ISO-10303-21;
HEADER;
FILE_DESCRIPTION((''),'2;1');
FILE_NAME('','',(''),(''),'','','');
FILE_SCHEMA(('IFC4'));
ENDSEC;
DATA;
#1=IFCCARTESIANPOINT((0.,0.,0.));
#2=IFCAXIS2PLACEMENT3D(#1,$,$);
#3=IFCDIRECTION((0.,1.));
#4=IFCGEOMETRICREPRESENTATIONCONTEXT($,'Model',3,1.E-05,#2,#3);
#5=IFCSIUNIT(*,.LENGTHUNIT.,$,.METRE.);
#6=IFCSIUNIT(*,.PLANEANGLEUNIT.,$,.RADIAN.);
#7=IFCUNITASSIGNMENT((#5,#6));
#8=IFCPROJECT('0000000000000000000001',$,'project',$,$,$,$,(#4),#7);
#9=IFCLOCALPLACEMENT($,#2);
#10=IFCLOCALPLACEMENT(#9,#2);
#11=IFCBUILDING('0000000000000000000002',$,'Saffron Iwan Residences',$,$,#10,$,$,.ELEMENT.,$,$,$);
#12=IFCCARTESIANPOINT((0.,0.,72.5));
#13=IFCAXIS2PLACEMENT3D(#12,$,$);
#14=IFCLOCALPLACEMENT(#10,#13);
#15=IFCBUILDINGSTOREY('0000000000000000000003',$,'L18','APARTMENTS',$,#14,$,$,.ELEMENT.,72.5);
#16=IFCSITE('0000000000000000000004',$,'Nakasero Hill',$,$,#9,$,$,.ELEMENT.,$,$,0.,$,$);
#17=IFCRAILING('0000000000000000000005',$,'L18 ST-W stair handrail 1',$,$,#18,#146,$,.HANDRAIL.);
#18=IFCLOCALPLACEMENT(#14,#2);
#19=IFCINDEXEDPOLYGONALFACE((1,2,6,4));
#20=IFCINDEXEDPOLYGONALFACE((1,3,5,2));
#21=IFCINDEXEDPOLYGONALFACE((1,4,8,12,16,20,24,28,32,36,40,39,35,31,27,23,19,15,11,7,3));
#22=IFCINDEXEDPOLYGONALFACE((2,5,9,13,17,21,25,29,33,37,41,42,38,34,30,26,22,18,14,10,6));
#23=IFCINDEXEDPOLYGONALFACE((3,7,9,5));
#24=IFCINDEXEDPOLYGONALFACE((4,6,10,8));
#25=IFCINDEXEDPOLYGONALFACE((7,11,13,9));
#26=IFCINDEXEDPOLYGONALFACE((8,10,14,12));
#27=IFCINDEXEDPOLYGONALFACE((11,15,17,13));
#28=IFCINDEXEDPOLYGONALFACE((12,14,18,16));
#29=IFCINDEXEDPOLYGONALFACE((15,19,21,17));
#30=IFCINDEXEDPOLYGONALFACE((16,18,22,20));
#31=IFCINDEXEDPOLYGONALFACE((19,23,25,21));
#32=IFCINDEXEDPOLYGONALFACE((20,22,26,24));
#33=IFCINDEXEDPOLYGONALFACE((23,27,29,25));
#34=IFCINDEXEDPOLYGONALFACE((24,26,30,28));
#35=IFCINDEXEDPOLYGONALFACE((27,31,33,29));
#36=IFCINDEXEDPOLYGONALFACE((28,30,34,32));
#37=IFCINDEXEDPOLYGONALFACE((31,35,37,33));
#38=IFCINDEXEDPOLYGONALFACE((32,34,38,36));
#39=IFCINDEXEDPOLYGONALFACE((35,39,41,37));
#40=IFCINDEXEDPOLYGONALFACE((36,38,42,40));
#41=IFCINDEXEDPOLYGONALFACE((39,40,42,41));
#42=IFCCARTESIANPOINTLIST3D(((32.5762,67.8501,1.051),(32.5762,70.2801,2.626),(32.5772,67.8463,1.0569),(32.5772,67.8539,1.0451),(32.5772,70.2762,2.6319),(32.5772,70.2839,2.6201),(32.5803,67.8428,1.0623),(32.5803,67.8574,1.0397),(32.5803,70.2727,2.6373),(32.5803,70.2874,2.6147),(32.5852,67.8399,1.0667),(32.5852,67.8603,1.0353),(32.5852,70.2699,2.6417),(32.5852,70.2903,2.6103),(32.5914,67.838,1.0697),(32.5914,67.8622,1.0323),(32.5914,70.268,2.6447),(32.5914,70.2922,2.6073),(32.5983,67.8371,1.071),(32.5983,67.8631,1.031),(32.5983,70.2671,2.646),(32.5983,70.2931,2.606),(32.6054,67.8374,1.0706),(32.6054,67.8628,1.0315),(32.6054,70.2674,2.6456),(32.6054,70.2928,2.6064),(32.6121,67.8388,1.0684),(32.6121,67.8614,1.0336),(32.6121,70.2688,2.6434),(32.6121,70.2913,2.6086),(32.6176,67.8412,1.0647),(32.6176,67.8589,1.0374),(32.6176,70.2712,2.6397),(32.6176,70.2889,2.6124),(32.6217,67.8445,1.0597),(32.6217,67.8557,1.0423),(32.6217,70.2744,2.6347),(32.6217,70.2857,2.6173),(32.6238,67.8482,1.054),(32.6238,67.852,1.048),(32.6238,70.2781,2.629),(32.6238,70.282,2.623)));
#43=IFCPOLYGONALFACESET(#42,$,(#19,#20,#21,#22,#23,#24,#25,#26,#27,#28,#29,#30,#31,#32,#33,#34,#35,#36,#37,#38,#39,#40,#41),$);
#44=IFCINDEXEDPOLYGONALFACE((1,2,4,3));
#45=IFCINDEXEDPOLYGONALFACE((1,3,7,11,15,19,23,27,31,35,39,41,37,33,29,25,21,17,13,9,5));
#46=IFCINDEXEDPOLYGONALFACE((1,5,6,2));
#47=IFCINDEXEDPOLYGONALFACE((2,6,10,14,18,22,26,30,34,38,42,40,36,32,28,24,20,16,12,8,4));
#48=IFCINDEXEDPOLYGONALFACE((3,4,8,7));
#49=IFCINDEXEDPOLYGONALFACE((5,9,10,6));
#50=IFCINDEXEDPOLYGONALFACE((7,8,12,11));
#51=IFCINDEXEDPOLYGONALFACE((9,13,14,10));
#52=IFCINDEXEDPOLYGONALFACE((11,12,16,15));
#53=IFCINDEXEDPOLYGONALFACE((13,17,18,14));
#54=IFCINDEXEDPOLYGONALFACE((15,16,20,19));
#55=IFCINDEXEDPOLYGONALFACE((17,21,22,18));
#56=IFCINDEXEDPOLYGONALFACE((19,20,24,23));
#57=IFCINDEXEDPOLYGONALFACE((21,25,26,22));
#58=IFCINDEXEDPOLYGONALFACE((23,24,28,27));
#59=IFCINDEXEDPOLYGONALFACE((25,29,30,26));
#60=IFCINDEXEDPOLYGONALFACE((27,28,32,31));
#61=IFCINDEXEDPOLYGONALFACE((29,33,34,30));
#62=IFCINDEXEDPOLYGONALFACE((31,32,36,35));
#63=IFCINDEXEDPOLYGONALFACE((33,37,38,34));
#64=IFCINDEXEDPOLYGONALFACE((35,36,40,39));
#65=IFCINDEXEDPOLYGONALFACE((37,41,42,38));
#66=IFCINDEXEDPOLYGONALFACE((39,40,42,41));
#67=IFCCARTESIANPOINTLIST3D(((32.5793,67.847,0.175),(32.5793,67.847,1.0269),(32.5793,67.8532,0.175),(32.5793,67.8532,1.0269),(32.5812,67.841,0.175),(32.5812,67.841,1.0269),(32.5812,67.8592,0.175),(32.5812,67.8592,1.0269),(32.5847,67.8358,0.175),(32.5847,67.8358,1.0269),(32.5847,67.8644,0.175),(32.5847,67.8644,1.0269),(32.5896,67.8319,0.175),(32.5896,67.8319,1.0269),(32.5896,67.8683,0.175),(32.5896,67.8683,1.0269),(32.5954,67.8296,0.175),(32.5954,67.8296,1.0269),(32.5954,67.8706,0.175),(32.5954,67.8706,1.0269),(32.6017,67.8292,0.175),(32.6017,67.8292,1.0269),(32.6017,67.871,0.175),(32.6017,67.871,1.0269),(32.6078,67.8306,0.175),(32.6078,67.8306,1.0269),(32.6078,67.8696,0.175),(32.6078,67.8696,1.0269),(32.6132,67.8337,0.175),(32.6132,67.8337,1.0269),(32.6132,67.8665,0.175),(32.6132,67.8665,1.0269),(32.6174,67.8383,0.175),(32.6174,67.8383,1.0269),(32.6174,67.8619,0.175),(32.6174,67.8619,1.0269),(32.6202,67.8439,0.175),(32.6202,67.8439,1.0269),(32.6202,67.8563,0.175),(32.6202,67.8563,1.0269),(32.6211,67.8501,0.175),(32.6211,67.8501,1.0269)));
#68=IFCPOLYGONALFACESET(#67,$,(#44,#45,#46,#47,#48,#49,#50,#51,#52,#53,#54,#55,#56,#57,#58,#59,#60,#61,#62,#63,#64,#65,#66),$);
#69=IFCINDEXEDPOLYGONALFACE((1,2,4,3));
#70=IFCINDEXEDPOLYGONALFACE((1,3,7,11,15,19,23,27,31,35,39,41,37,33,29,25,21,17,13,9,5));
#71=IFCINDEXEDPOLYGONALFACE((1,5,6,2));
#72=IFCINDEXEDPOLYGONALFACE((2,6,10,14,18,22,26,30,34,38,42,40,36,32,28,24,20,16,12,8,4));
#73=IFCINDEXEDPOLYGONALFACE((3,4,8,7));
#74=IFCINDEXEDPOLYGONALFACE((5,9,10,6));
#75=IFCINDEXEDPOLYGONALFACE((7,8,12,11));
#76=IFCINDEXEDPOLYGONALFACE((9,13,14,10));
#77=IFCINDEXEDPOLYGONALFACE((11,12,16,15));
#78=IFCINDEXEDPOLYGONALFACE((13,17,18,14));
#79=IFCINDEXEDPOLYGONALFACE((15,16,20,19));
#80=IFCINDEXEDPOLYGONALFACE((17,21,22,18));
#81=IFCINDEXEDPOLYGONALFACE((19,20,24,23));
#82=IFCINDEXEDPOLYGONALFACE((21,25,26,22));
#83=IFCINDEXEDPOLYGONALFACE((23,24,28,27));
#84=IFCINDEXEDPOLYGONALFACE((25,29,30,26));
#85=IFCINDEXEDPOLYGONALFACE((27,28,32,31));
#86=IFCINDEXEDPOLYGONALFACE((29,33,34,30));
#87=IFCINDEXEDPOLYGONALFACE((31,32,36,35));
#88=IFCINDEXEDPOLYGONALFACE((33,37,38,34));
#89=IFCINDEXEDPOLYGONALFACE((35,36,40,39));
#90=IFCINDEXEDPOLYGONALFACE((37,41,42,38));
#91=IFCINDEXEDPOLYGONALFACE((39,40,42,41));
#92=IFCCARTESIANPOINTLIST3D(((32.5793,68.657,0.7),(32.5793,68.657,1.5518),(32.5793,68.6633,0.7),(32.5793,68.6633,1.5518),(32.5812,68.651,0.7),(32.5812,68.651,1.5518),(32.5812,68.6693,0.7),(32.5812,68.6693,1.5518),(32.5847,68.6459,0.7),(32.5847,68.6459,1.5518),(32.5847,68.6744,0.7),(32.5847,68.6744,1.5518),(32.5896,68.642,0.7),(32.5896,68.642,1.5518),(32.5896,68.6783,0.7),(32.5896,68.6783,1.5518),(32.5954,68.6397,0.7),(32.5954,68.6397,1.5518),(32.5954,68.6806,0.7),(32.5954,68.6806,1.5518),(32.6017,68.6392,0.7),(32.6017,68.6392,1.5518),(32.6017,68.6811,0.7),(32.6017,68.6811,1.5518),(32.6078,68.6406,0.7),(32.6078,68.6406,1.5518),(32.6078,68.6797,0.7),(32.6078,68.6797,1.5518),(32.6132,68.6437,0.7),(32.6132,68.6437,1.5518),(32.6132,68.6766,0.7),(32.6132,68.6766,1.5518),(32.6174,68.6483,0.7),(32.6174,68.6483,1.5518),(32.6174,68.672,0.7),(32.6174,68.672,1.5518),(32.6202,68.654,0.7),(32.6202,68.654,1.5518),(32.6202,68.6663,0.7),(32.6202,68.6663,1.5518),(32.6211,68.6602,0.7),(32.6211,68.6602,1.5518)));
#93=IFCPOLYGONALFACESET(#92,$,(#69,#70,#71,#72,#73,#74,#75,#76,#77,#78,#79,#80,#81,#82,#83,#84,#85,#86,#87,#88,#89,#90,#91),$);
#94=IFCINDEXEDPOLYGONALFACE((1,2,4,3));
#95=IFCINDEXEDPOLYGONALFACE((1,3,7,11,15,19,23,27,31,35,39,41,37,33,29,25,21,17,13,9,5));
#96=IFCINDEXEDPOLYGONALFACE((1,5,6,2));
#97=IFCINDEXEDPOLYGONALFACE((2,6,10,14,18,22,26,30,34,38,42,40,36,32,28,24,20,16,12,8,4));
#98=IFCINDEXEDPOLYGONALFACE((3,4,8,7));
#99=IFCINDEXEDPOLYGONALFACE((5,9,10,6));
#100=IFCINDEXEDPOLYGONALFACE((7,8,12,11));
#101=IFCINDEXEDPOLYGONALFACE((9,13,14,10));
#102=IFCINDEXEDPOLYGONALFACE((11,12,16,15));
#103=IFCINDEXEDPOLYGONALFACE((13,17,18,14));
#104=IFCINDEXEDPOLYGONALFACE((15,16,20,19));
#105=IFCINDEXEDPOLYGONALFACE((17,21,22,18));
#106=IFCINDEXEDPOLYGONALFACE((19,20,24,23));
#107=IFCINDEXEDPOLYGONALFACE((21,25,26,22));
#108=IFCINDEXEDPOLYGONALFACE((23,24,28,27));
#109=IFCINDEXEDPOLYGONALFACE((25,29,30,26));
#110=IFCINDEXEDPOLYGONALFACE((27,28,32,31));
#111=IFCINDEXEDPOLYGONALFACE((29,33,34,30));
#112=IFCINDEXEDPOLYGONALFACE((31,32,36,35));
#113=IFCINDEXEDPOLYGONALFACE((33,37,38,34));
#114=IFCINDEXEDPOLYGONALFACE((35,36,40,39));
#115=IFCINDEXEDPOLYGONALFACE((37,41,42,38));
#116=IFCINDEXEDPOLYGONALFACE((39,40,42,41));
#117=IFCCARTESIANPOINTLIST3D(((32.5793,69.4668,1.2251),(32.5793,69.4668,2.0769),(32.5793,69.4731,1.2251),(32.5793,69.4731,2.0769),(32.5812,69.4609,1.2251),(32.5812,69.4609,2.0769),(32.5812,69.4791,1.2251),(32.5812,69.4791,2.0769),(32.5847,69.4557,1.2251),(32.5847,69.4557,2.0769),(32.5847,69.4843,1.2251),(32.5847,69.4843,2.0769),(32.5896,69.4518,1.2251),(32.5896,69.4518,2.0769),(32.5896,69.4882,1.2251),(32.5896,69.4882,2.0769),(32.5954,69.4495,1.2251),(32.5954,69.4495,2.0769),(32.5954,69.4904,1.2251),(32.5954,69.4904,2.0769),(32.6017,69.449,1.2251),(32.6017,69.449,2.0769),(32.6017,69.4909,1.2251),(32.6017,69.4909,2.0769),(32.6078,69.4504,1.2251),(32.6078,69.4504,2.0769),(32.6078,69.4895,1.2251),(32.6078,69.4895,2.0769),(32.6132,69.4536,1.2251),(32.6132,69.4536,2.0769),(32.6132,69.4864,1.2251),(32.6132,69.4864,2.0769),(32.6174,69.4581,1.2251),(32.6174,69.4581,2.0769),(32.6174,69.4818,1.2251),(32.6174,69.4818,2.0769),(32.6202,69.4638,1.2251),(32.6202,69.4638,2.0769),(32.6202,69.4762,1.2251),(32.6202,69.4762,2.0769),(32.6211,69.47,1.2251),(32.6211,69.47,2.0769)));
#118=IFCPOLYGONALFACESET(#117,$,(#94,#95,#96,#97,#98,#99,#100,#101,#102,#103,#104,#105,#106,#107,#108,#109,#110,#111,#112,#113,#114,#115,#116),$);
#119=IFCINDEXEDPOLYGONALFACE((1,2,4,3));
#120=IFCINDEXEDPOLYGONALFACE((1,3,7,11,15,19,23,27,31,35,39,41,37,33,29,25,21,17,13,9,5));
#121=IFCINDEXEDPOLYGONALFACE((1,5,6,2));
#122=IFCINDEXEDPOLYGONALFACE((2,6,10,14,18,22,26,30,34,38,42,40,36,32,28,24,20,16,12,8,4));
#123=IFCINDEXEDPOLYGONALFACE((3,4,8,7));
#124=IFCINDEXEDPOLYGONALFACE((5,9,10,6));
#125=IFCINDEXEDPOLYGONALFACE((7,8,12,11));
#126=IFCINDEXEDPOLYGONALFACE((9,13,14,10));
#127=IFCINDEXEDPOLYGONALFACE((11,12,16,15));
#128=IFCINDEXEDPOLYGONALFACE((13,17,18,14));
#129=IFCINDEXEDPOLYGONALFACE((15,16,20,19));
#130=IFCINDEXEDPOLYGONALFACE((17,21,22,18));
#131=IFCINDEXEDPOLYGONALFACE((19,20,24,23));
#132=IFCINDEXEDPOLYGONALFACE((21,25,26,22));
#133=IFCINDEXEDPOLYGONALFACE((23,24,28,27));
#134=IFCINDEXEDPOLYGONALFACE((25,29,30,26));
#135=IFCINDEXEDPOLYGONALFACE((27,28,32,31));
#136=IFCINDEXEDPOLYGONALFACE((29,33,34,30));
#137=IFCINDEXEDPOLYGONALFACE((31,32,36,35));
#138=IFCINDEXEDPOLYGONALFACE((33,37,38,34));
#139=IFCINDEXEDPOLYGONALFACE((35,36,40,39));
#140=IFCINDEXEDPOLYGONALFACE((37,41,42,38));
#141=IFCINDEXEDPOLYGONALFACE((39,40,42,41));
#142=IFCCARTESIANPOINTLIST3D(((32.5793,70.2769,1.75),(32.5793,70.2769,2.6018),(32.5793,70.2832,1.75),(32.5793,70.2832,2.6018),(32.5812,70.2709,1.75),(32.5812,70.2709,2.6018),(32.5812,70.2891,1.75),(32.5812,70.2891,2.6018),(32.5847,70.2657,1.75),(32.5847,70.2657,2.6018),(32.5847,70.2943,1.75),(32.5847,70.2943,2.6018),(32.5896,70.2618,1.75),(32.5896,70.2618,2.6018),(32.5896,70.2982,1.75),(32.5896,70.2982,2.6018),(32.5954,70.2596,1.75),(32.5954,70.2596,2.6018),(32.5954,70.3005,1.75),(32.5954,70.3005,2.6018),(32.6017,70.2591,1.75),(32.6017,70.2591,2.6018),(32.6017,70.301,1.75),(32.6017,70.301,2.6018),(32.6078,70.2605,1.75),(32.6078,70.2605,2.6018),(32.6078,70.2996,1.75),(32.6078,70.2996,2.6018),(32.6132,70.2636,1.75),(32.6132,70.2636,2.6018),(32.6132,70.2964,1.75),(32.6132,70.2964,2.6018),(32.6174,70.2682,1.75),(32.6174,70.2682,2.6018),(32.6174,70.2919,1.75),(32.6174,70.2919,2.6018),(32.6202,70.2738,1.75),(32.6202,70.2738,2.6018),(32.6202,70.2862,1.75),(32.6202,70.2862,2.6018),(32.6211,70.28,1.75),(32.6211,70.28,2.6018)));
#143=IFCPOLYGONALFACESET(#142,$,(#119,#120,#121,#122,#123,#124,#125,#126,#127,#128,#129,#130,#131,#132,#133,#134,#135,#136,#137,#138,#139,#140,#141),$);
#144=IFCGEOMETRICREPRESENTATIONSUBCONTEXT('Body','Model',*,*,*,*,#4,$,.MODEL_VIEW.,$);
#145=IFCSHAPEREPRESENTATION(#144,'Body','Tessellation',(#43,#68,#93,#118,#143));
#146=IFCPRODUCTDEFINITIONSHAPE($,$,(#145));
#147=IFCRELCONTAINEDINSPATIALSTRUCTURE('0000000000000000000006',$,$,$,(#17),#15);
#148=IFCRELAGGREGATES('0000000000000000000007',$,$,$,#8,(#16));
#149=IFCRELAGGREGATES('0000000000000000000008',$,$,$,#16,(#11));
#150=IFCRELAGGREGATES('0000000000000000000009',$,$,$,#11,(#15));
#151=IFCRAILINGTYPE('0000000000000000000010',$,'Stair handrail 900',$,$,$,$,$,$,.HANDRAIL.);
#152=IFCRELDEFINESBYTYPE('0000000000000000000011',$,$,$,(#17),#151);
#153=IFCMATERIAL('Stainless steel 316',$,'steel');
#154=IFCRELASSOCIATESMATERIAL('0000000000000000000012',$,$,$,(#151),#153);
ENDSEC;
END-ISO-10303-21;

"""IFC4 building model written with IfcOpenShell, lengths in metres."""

from ifc_helpers import new_model, si_unit, direction, frame, origin, origin_2d, place, context, subcontext, project, spatial, circle, extrude, material, type_object, element, save


model = new_model("IFC4")

# Units and contexts
model_context = context("Model", 3, precision=1e-05, world=origin(), true_north=direction((0.0, 1.0)))
body_context = subcontext(model_context, "Body", "Model", "MODEL_VIEW")
ifc_project = project(units=[si_unit("LENGTHUNIT", "METRE"), si_unit("PLANEANGLEUNIT", "RADIAN")], contexts=[model_context])

# Site, building, storey
site_placement = place(None, origin())
site = spatial("IfcSite", under=ifc_project, at=site_placement, Name="Nakasero Hill", CompositionType="ELEMENT", RefElevation=0.0)
building_placement = place(site_placement, origin())
building = spatial("IfcBuilding", under=site, at=building_placement, Name="Saffron Iwan Residences", CompositionType="ELEMENT")
storey_placement = place(building_placement, frame((0.0, 0.0, 72.5)))
storey = spatial("IfcBuildingStorey", under=building, at=storey_placement, Name="L18", Description="APARTMENTS", CompositionType="ELEMENT", Elevation=72.5)

# Railing
ifc_material_1 = material(Name="Stainless steel 316", Category="steel")
railing_type_1 = type_object("IfcRailingType", Name="Stair handrail 900", PredefinedType="HANDRAIL", material=ifc_material_1)
railing_1_placement = place(storey_placement, frame((32.6001, 67.8501, 0.175)))
element("IfcRailing", 1, at=railing_1_placement, inside=storey, type_object=railing_type_1, Name="L18 ST-W stair handrail 1", PredefinedType="HANDRAIL", context=body_context, shape_type="SweptSolid", body=[
    extrude(circle(Radius=0.0239, at=origin_2d()), frame((0.0, 0.0, 0.876), z_axis=(0.0, 0.839154, 0.543894), x_axis=(-1.0, 0.0, 0.0)), (0.0, 0.0, 1.0), 2.8958),
    extrude(circle(Radius=0.021, at=origin_2d()), origin(), (0.0, 0.0, 1.0), 0.8518),
    extrude(circle(Radius=0.021, at=origin_2d()), frame((0.0, 0.8101, 0.5249)), (0.0, 0.0, 1.0), 0.8518),
    extrude(circle(Radius=0.021, at=origin_2d()), frame((0.0, 1.6199, 1.05)), (0.0, 0.0, 1.0), 0.8518),
    extrude(circle(Radius=0.021, at=origin_2d()), frame((0.0, 2.4299, 1.575)), (0.0, 0.0, 1.0), 0.8518),
])

save(model, "model.ifc")
